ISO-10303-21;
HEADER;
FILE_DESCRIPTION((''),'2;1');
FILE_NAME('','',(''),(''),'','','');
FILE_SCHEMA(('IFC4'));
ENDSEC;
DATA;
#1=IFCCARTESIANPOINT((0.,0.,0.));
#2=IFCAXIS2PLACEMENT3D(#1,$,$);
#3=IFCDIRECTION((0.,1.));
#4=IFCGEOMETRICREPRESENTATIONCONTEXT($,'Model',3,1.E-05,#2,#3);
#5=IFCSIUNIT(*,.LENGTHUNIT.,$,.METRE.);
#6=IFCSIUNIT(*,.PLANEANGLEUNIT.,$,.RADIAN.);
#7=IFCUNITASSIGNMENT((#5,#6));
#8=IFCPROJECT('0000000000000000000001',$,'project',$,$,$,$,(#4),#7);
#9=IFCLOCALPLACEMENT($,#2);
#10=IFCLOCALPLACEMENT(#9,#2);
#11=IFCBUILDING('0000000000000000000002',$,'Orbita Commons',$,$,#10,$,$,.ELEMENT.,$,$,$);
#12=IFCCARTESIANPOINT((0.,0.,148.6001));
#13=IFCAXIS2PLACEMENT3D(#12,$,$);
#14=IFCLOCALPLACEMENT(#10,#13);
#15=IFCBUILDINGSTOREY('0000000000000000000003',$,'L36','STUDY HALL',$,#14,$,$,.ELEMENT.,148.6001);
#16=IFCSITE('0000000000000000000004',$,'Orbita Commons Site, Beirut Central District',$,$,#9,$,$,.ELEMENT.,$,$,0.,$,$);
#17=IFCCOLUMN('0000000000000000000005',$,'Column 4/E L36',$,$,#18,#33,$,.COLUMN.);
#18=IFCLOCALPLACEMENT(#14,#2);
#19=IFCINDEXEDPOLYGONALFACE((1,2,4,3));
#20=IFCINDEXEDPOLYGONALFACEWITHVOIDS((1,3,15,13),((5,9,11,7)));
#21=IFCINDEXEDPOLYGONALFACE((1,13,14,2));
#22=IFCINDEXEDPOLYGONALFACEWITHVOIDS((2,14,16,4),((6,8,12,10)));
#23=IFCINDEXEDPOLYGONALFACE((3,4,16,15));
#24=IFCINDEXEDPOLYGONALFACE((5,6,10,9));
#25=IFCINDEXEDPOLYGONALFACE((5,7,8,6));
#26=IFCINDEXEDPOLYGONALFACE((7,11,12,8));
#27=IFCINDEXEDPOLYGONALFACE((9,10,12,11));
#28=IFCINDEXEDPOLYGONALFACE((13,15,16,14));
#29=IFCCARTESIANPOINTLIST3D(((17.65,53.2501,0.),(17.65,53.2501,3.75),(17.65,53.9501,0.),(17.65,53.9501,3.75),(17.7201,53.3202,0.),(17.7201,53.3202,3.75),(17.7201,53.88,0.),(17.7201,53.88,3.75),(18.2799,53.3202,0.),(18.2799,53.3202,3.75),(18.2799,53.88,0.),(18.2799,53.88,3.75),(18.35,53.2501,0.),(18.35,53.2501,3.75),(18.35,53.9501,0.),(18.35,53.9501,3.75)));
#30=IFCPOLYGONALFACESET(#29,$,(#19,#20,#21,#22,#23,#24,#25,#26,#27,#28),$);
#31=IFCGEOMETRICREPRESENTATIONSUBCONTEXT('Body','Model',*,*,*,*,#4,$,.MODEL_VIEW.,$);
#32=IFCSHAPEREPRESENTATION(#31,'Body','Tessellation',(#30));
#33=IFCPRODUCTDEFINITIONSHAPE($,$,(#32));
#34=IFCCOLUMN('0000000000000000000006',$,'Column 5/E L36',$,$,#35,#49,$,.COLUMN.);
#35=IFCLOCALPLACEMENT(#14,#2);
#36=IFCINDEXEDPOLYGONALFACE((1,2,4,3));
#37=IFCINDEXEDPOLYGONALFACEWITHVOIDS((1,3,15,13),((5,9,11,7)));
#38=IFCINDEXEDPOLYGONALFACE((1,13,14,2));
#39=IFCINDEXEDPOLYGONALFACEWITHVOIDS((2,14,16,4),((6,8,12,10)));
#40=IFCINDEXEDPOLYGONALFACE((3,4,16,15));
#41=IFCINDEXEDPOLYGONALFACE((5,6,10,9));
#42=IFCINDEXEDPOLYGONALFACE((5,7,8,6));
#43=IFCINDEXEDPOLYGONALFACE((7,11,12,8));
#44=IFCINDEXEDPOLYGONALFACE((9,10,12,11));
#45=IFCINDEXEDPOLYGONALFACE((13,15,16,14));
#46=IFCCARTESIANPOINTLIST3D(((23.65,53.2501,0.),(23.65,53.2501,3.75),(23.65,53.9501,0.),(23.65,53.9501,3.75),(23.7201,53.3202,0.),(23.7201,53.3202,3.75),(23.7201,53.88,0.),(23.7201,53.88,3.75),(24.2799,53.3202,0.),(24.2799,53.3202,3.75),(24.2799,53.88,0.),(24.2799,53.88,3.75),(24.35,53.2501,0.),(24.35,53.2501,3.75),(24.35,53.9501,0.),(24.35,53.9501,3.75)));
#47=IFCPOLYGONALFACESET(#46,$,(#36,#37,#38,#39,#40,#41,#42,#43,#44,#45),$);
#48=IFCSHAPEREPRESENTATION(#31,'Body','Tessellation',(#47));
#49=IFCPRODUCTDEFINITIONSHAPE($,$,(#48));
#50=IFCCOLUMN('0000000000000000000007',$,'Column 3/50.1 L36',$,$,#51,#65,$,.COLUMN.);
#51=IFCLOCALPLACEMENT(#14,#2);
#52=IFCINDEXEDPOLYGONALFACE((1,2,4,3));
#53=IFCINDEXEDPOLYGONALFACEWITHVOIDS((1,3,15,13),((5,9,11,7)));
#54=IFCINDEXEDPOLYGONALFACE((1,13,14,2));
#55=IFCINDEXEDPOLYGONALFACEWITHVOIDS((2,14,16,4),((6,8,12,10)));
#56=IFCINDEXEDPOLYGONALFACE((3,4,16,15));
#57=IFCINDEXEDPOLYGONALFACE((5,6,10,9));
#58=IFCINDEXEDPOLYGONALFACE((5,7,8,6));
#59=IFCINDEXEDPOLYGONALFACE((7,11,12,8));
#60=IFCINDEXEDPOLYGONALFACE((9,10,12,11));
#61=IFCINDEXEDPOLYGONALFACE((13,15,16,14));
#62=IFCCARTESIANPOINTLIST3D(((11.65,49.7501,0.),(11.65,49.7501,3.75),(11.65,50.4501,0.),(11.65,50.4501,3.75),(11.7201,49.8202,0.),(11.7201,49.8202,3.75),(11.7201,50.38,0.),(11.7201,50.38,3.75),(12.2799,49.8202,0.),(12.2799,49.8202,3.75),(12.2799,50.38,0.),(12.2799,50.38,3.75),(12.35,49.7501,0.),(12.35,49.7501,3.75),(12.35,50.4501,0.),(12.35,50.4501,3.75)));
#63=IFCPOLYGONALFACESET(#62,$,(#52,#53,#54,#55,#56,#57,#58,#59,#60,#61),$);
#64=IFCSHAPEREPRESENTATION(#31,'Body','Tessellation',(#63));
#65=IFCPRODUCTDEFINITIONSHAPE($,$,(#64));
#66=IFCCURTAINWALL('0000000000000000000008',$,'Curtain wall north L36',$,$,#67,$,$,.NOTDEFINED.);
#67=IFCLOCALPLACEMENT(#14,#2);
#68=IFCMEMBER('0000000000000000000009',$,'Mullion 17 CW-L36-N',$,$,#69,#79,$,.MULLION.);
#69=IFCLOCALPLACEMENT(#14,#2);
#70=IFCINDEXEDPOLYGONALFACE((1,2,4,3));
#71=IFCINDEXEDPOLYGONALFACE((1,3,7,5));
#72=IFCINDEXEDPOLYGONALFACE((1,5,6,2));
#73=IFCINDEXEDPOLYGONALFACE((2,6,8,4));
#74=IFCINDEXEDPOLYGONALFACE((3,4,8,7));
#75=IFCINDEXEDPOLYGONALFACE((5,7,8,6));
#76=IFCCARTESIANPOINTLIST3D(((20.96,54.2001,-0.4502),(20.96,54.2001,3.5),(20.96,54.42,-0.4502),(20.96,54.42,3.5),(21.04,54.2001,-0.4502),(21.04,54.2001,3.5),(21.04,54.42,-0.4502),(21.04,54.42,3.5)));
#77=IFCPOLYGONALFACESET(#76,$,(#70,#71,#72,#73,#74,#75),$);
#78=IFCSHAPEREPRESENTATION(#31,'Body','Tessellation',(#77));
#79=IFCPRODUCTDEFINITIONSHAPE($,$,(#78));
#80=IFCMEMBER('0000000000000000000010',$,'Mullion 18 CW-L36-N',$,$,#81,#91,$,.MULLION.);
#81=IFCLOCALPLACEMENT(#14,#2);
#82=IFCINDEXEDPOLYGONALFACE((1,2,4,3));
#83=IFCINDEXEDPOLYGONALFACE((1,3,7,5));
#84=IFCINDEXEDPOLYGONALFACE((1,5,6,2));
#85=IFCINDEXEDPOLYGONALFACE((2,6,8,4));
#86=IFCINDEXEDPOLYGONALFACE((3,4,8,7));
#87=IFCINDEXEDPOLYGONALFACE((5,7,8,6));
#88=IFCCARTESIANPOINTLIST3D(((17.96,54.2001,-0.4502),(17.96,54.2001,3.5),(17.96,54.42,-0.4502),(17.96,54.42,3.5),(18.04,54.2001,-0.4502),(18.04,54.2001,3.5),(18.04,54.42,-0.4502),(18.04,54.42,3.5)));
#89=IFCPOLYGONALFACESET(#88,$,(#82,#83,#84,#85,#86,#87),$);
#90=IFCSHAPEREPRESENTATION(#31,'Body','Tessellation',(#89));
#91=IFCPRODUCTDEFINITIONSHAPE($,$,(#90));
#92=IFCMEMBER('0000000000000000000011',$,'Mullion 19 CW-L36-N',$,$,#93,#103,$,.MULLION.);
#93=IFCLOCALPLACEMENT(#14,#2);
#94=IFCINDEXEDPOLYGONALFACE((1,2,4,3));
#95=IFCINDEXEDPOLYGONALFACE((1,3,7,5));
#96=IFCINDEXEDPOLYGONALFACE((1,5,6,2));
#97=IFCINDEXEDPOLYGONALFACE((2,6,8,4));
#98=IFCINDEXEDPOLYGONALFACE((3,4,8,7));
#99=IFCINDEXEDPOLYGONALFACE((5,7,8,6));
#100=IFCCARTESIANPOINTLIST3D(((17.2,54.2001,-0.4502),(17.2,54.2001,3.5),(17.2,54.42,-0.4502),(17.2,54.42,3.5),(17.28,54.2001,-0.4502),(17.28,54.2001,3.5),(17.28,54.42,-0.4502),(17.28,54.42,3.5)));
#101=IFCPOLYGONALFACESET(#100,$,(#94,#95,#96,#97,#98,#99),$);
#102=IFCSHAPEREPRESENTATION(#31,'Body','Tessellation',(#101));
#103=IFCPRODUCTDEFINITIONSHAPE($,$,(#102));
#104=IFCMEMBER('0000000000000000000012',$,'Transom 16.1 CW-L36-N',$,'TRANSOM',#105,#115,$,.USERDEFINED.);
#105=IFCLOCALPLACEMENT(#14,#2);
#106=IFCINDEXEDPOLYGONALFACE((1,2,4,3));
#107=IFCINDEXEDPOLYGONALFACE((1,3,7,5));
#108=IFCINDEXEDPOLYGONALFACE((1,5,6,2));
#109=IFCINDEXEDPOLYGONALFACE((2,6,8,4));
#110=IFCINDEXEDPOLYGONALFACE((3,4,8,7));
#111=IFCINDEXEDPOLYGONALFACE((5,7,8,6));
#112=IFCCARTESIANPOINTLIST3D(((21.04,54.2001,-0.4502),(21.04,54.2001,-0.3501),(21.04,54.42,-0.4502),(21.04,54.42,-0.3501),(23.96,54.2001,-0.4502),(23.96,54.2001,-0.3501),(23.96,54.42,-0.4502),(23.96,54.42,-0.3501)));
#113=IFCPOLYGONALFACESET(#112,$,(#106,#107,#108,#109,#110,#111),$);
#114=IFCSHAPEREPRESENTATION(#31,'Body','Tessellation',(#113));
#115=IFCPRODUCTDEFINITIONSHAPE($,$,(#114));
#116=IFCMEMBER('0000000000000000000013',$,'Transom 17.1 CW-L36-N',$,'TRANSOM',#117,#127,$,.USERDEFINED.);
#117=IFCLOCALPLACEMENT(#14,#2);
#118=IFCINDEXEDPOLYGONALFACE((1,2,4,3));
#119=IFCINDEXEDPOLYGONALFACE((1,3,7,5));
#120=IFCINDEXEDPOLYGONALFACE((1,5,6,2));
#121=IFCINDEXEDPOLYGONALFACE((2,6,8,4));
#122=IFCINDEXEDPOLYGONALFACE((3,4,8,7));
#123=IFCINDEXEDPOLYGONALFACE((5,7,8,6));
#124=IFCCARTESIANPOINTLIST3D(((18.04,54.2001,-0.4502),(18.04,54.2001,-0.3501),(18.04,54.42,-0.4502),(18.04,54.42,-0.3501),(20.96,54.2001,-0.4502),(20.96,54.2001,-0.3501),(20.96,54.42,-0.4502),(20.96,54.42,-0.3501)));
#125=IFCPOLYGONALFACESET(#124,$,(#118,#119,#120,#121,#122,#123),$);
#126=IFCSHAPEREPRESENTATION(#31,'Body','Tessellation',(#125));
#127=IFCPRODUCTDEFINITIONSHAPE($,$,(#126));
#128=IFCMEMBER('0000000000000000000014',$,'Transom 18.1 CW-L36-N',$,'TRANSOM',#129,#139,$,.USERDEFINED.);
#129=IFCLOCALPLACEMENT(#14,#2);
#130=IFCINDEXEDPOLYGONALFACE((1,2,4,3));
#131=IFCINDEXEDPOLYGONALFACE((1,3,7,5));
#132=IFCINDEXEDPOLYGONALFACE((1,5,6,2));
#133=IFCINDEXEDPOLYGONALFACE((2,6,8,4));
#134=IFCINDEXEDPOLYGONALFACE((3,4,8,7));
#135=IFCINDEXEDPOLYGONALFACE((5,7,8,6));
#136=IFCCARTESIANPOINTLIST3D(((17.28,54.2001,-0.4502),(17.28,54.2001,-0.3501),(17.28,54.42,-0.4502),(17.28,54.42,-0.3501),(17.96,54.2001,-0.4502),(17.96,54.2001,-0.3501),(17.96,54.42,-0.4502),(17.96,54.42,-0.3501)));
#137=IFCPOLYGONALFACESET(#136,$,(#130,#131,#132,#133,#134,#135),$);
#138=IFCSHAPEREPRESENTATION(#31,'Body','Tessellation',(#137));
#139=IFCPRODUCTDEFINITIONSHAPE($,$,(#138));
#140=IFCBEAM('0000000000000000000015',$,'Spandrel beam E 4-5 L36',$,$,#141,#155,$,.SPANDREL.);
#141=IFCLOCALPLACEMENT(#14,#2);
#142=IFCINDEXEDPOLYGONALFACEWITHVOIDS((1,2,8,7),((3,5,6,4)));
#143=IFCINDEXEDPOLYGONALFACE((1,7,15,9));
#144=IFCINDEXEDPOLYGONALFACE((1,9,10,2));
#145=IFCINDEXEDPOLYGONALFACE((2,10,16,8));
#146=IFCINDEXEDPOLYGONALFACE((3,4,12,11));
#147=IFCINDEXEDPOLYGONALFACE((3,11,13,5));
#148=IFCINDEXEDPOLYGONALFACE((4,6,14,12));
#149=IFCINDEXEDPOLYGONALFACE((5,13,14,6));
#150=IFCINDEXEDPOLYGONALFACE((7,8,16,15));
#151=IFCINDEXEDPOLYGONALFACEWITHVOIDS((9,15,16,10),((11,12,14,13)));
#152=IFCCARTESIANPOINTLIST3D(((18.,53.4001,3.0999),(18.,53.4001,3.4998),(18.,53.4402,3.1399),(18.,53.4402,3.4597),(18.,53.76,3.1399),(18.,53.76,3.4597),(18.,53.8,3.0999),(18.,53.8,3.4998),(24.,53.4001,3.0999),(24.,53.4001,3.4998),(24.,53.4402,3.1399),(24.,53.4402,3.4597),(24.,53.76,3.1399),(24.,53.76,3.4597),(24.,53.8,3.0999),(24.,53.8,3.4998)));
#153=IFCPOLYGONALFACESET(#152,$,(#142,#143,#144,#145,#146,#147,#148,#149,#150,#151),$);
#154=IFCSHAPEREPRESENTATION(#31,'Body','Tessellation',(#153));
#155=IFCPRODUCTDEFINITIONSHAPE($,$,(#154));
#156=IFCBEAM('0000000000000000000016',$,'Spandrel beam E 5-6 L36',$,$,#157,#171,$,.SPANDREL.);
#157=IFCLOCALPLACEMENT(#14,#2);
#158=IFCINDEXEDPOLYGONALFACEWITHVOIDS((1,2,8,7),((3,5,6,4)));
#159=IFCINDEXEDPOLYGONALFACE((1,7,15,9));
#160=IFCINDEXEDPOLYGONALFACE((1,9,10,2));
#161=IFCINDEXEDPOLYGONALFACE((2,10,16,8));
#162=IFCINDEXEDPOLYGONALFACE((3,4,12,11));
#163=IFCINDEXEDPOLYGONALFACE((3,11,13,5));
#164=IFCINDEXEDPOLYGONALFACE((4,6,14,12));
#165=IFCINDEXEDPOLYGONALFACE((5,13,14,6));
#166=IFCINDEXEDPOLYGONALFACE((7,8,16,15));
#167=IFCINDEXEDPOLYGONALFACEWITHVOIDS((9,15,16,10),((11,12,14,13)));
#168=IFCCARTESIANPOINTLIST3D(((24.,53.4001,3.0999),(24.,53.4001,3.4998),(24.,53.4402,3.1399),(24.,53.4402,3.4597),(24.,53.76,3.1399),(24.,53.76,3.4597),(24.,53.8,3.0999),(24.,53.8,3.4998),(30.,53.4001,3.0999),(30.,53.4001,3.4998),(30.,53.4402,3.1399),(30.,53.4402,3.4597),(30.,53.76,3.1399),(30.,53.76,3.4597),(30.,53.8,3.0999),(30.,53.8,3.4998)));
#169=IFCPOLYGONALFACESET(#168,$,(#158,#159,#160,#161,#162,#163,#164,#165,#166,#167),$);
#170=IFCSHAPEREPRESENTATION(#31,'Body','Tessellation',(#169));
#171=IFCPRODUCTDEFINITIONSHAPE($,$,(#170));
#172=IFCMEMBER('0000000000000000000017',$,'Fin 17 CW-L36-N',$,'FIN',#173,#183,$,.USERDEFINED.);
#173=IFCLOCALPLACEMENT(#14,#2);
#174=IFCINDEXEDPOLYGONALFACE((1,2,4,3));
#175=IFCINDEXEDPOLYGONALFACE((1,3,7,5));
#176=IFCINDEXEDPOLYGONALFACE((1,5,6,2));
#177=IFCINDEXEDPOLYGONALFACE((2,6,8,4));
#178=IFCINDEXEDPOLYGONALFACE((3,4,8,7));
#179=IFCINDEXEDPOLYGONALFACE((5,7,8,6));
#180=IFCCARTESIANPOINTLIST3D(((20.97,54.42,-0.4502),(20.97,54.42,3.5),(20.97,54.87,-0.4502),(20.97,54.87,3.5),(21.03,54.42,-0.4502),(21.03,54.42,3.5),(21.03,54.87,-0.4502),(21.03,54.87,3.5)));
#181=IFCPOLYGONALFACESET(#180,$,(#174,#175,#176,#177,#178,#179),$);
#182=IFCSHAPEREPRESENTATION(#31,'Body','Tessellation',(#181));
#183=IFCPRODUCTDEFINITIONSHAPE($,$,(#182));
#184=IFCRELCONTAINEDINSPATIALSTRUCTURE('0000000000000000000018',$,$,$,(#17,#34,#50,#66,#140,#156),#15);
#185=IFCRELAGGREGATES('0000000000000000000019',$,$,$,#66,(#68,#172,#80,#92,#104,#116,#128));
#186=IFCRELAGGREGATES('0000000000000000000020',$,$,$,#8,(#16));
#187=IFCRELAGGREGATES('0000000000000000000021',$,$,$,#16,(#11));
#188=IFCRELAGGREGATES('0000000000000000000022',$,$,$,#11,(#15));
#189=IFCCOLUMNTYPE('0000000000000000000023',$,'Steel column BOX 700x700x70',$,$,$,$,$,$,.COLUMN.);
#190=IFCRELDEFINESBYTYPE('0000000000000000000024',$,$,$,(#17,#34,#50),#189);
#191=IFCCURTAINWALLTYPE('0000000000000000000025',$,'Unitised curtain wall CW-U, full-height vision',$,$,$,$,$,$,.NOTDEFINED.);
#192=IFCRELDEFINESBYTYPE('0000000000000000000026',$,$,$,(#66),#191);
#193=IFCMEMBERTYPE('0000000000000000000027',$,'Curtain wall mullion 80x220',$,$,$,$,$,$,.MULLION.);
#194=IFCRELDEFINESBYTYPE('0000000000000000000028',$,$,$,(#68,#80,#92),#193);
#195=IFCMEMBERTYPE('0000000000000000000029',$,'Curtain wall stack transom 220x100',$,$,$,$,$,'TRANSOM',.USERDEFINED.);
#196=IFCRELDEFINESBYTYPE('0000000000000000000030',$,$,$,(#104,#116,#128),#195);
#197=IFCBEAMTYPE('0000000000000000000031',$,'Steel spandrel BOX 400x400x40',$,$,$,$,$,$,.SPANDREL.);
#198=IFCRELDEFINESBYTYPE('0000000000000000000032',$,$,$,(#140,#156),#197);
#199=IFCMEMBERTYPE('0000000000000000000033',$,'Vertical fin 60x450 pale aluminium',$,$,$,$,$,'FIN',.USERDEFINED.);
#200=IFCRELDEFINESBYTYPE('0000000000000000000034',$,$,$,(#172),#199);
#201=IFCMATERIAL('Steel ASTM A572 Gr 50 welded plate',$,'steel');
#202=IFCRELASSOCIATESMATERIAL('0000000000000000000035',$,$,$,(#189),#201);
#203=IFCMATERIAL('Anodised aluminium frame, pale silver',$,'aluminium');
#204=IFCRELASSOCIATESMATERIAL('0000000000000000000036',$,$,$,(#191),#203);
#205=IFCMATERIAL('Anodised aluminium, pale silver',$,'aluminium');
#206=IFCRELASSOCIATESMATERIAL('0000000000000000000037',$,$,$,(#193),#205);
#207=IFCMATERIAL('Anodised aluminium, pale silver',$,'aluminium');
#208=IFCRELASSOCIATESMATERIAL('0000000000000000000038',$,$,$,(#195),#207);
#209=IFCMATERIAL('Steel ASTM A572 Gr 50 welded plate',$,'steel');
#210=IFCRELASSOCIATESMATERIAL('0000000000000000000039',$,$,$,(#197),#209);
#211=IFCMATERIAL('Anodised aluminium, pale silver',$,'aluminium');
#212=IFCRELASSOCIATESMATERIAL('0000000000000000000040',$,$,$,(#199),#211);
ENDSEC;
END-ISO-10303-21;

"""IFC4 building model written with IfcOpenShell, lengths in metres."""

from ifc_helpers import new_model, si_unit, direction, frame, origin, origin_2d, place, context, subcontext, project, spatial, rectangle, hollow_rectangle, extrude, material, material_profile, profile_set, type_object, element, aggregate, save


model = new_model("IFC4")

# Units and contexts
model_context = context("Model", 3, precision=1e-05, world=origin(), true_north=direction((0.0, 1.0)))
body_context = subcontext(model_context, "Body", "Model", "MODEL_VIEW")
ifc_project = project(units=[si_unit("LENGTHUNIT", "METRE"), si_unit("PLANEANGLEUNIT", "RADIAN")], contexts=[model_context])

# Site, building, storey
site_placement = place(None, origin())
site = spatial("IfcSite", under=ifc_project, at=site_placement, Name="Orbita Commons Site, Beirut Central District", CompositionType="ELEMENT", RefElevation=0.0)
building_placement = place(site_placement, origin())
building = spatial("IfcBuilding", under=site, at=building_placement, Name="Orbita Commons", CompositionType="ELEMENT")
storey_placement = place(building_placement, frame((0.0, 0.0, 148.6001)))
storey = spatial("IfcBuildingStorey", under=building, at=storey_placement, Name="L36", Description="STUDY HALL", CompositionType="ELEMENT", Elevation=148.6001)

# Columns
ifc_material_1 = material(Name="Steel ASTM A572 Gr 50 welded plate", Category="steel")
ifc_material_profile_1 = material_profile(ifc_material_1, hollow_rectangle(XDim=0.7, YDim=0.7, WallThickness=0.0701, at=origin_2d()), Name="BOX 700x700x70")
ifc_profile_set_1 = profile_set([ifc_material_profile_1], Name="Steel ASTM A572 Gr 50 welded plate")
column_type = type_object("IfcColumnType", Name="Steel column BOX 700x700x70", PredefinedType="COLUMN", material=ifc_profile_set_1)
for number, where, z_axis, x_axis, name in (
    (1, (18.0, 53.6001, 0.0), (0.0, 0.0, 1.0), (1.0, 0.0, 0.0), "Column 4/E L36"),
    (2, (24.0, 53.6001, 0.0), (0.0, 0.0, 1.0), (1.0, 0.0, 0.0), "Column 5/E L36"),
    (3, (12.0, 50.1001, 0.0), (0.0, 0.0, 1.0), (1.0, 0.0, 0.0), "Column 3/50.1 L36"),
):
    element("IfcColumn", number, at=place(storey_placement, frame(where, z_axis=z_axis, x_axis=x_axis)), inside=storey, type_object=column_type, Name=name, PredefinedType="COLUMN", context=body_context, shape_type="SweptSolid", body=[
        extrude(hollow_rectangle(XDim=0.7, YDim=0.7, WallThickness=0.0701, at=origin_2d()), origin(), (0.0, 0.0, 1.0), 3.75),
    ])

# Curtain wall, members
ifc_material_2 = material(Name="Anodised aluminium frame, pale silver", Category="aluminium")
curtain_wall_type = type_object("IfcCurtainWallType", Name="Unitised curtain wall CW-U, full-height vision", PredefinedType="NOTDEFINED", material=ifc_material_2)
curtain_wall_placement = place(storey_placement, origin())
curtain_wall = element("IfcCurtainWall", 4, at=curtain_wall_placement, inside=storey, type_object=curtain_wall_type, Name="Curtain wall north L36", PredefinedType="NOTDEFINED")
ifc_material_3 = material(Name="Anodised aluminium, pale silver", Category="aluminium")
ifc_material_profile_2 = material_profile(ifc_material_3, rectangle(XDim=0.0801, YDim=0.22, at=origin_2d()), Name="AL 80x220")
ifc_profile_set_2 = profile_set([ifc_material_profile_2], Name="Anodised aluminium, pale silver")
member_type_1 = type_object("IfcMemberType", Name="Curtain wall mullion 80x220", PredefinedType="MULLION", material=ifc_profile_set_2)
member_1_placement = place(storey_placement, frame((21.0, 54.3101, -0.4502), z_axis=(0.0, 0.0, 1.0), x_axis=(-1.0, 0.0, 0.0)))
member_1 = element("IfcMember", 5, at=member_1_placement, type_object=member_type_1, Name="Mullion 17 CW-L36-N", PredefinedType="MULLION", context=body_context, shape_type="SweptSolid", body=[
    extrude(rectangle(XDim=0.0801, YDim=0.22, at=origin_2d()), origin(), (0.0, 0.0, 1.0), 3.9502),
])
member_2_placement = place(storey_placement, frame((18.0, 54.3101, -0.4502), z_axis=(0.0, 0.0, 1.0), x_axis=(-1.0, 0.0, 0.0)))
member_2 = element("IfcMember", 6, at=member_2_placement, type_object=member_type_1, Name="Mullion 18 CW-L36-N", PredefinedType="MULLION", context=body_context, shape_type="SweptSolid", body=[
    extrude(rectangle(XDim=0.0801, YDim=0.22, at=origin_2d()), origin(), (0.0, 0.0, 1.0), 3.9502),
])
member_3_placement = place(storey_placement, frame((17.24, 54.3101, -0.4502), z_axis=(0.0, 0.0, 1.0), x_axis=(-1.0, 0.0, 0.0)))
member_3 = element("IfcMember", 7, at=member_3_placement, type_object=member_type_1, Name="Mullion 19 CW-L36-N", PredefinedType="MULLION", context=body_context, shape_type="SweptSolid", body=[
    extrude(rectangle(XDim=0.0801, YDim=0.22, at=origin_2d()), origin(), (0.0, 0.0, 1.0), 3.9502),
])
ifc_material_4 = material(Name="Anodised aluminium, pale silver", Category="aluminium")
ifc_material_profile_3 = material_profile(ifc_material_4, rectangle(XDim=0.22, YDim=0.1001, at=origin_2d()), Name="AL 220x100")
ifc_profile_set_3 = profile_set([ifc_material_profile_3], Name="Anodised aluminium, pale silver")
member_type_2 = type_object("IfcMemberType", Name="Curtain wall stack transom 220x100", ElementType="TRANSOM", PredefinedType="USERDEFINED", material=ifc_profile_set_3)
member_4_placement = place(storey_placement, frame((23.96, 54.3101, -0.4001), z_axis=(-1.0, 0.0, 0.0), x_axis=(0.0, -1.0, 0.0)))
member_4 = element("IfcMember", 8, at=member_4_placement, type_object=member_type_2, Name="Transom 16.1 CW-L36-N", ObjectType="TRANSOM", PredefinedType="USERDEFINED", context=body_context, shape_type="SweptSolid", body=[
    extrude(rectangle(XDim=0.22, YDim=0.1001, at=origin_2d()), origin(), (0.0, 0.0, 1.0), 2.9199),
])
member_5_placement = place(storey_placement, frame((20.96, 54.3101, -0.4001), z_axis=(-1.0, 0.0, 0.0), x_axis=(0.0, -1.0, 0.0)))
member_5 = element("IfcMember", 9, at=member_5_placement, type_object=member_type_2, Name="Transom 17.1 CW-L36-N", ObjectType="TRANSOM", PredefinedType="USERDEFINED", context=body_context, shape_type="SweptSolid", body=[
    extrude(rectangle(XDim=0.22, YDim=0.1001, at=origin_2d()), origin(), (0.0, 0.0, 1.0), 2.9199),
])
member_6_placement = place(storey_placement, frame((17.96, 54.3101, -0.4001), z_axis=(-1.0, 0.0, 0.0), x_axis=(0.0, -1.0, 0.0)))
member_6 = element("IfcMember", 10, at=member_6_placement, type_object=member_type_2, Name="Transom 18.1 CW-L36-N", ObjectType="TRANSOM", PredefinedType="USERDEFINED", context=body_context, shape_type="SweptSolid", body=[
    extrude(rectangle(XDim=0.22, YDim=0.1001, at=origin_2d()), origin(), (0.0, 0.0, 1.0), 0.6799),
])

# Beams
ifc_material_5 = material(Name="Steel ASTM A572 Gr 50 welded plate", Category="steel")
ifc_material_profile_4 = material_profile(ifc_material_5, hollow_rectangle(XDim=0.3999, YDim=0.3999, WallThickness=0.04, at=origin_2d()), Name="BOX 400x400x40")
ifc_profile_set_4 = profile_set([ifc_material_profile_4], Name="Steel ASTM A572 Gr 50 welded plate")
beam_type = type_object("IfcBeamType", Name="Steel spandrel BOX 400x400x40", PredefinedType="SPANDREL", material=ifc_profile_set_4)
for number, where, z_axis, x_axis, name in (
    (11, (18.0, 53.6001, 3.2998), (1.0, 0.0, 0.0), (0.0, 1.0, 0.0), "Spandrel beam E 4-5 L36"),
    (12, (24.0, 53.6001, 3.2998), (1.0, 0.0, 0.0), (0.0, 1.0, 0.0), "Spandrel beam E 5-6 L36"),
):
    element("IfcBeam", number, at=place(storey_placement, frame(where, z_axis=z_axis, x_axis=x_axis)), inside=storey, type_object=beam_type, Name=name, PredefinedType="SPANDREL", context=body_context, shape_type="SweptSolid", body=[
        extrude(hollow_rectangle(XDim=0.3999, YDim=0.3999, WallThickness=0.04, at=origin_2d()), origin(), (0.0, 0.0, 1.0), 6.0),
    ])

# Member
ifc_material_6 = material(Name="Anodised aluminium, pale silver", Category="aluminium")
ifc_material_profile_5 = material_profile(ifc_material_6, rectangle(XDim=0.0601, YDim=0.45, at=origin_2d()), Name="FIN 60x450")
ifc_profile_set_5 = profile_set([ifc_material_profile_5], Name="Anodised aluminium, pale silver")
member_type_3 = type_object("IfcMemberType", Name="Vertical fin 60x450 pale aluminium", ElementType="FIN", PredefinedType="USERDEFINED", material=ifc_profile_set_5)
member_7_placement = place(storey_placement, frame((21.0, 54.645, -0.4502), z_axis=(0.0, 0.0, 1.0), x_axis=(-1.0, 0.0, 0.0)))
member_7 = element("IfcMember", 13, at=member_7_placement, type_object=member_type_3, Name="Fin 17 CW-L36-N", ObjectType="FIN", PredefinedType="USERDEFINED", context=body_context, shape_type="SweptSolid", body=[
    extrude(rectangle(XDim=0.0601, YDim=0.45, at=origin_2d()), origin(), (0.0, 0.0, 1.0), 3.9502),
])

aggregate(curtain_wall, [member_1, member_7, member_2, member_3, member_4, member_5, member_6])

save(model, "model.ifc")
